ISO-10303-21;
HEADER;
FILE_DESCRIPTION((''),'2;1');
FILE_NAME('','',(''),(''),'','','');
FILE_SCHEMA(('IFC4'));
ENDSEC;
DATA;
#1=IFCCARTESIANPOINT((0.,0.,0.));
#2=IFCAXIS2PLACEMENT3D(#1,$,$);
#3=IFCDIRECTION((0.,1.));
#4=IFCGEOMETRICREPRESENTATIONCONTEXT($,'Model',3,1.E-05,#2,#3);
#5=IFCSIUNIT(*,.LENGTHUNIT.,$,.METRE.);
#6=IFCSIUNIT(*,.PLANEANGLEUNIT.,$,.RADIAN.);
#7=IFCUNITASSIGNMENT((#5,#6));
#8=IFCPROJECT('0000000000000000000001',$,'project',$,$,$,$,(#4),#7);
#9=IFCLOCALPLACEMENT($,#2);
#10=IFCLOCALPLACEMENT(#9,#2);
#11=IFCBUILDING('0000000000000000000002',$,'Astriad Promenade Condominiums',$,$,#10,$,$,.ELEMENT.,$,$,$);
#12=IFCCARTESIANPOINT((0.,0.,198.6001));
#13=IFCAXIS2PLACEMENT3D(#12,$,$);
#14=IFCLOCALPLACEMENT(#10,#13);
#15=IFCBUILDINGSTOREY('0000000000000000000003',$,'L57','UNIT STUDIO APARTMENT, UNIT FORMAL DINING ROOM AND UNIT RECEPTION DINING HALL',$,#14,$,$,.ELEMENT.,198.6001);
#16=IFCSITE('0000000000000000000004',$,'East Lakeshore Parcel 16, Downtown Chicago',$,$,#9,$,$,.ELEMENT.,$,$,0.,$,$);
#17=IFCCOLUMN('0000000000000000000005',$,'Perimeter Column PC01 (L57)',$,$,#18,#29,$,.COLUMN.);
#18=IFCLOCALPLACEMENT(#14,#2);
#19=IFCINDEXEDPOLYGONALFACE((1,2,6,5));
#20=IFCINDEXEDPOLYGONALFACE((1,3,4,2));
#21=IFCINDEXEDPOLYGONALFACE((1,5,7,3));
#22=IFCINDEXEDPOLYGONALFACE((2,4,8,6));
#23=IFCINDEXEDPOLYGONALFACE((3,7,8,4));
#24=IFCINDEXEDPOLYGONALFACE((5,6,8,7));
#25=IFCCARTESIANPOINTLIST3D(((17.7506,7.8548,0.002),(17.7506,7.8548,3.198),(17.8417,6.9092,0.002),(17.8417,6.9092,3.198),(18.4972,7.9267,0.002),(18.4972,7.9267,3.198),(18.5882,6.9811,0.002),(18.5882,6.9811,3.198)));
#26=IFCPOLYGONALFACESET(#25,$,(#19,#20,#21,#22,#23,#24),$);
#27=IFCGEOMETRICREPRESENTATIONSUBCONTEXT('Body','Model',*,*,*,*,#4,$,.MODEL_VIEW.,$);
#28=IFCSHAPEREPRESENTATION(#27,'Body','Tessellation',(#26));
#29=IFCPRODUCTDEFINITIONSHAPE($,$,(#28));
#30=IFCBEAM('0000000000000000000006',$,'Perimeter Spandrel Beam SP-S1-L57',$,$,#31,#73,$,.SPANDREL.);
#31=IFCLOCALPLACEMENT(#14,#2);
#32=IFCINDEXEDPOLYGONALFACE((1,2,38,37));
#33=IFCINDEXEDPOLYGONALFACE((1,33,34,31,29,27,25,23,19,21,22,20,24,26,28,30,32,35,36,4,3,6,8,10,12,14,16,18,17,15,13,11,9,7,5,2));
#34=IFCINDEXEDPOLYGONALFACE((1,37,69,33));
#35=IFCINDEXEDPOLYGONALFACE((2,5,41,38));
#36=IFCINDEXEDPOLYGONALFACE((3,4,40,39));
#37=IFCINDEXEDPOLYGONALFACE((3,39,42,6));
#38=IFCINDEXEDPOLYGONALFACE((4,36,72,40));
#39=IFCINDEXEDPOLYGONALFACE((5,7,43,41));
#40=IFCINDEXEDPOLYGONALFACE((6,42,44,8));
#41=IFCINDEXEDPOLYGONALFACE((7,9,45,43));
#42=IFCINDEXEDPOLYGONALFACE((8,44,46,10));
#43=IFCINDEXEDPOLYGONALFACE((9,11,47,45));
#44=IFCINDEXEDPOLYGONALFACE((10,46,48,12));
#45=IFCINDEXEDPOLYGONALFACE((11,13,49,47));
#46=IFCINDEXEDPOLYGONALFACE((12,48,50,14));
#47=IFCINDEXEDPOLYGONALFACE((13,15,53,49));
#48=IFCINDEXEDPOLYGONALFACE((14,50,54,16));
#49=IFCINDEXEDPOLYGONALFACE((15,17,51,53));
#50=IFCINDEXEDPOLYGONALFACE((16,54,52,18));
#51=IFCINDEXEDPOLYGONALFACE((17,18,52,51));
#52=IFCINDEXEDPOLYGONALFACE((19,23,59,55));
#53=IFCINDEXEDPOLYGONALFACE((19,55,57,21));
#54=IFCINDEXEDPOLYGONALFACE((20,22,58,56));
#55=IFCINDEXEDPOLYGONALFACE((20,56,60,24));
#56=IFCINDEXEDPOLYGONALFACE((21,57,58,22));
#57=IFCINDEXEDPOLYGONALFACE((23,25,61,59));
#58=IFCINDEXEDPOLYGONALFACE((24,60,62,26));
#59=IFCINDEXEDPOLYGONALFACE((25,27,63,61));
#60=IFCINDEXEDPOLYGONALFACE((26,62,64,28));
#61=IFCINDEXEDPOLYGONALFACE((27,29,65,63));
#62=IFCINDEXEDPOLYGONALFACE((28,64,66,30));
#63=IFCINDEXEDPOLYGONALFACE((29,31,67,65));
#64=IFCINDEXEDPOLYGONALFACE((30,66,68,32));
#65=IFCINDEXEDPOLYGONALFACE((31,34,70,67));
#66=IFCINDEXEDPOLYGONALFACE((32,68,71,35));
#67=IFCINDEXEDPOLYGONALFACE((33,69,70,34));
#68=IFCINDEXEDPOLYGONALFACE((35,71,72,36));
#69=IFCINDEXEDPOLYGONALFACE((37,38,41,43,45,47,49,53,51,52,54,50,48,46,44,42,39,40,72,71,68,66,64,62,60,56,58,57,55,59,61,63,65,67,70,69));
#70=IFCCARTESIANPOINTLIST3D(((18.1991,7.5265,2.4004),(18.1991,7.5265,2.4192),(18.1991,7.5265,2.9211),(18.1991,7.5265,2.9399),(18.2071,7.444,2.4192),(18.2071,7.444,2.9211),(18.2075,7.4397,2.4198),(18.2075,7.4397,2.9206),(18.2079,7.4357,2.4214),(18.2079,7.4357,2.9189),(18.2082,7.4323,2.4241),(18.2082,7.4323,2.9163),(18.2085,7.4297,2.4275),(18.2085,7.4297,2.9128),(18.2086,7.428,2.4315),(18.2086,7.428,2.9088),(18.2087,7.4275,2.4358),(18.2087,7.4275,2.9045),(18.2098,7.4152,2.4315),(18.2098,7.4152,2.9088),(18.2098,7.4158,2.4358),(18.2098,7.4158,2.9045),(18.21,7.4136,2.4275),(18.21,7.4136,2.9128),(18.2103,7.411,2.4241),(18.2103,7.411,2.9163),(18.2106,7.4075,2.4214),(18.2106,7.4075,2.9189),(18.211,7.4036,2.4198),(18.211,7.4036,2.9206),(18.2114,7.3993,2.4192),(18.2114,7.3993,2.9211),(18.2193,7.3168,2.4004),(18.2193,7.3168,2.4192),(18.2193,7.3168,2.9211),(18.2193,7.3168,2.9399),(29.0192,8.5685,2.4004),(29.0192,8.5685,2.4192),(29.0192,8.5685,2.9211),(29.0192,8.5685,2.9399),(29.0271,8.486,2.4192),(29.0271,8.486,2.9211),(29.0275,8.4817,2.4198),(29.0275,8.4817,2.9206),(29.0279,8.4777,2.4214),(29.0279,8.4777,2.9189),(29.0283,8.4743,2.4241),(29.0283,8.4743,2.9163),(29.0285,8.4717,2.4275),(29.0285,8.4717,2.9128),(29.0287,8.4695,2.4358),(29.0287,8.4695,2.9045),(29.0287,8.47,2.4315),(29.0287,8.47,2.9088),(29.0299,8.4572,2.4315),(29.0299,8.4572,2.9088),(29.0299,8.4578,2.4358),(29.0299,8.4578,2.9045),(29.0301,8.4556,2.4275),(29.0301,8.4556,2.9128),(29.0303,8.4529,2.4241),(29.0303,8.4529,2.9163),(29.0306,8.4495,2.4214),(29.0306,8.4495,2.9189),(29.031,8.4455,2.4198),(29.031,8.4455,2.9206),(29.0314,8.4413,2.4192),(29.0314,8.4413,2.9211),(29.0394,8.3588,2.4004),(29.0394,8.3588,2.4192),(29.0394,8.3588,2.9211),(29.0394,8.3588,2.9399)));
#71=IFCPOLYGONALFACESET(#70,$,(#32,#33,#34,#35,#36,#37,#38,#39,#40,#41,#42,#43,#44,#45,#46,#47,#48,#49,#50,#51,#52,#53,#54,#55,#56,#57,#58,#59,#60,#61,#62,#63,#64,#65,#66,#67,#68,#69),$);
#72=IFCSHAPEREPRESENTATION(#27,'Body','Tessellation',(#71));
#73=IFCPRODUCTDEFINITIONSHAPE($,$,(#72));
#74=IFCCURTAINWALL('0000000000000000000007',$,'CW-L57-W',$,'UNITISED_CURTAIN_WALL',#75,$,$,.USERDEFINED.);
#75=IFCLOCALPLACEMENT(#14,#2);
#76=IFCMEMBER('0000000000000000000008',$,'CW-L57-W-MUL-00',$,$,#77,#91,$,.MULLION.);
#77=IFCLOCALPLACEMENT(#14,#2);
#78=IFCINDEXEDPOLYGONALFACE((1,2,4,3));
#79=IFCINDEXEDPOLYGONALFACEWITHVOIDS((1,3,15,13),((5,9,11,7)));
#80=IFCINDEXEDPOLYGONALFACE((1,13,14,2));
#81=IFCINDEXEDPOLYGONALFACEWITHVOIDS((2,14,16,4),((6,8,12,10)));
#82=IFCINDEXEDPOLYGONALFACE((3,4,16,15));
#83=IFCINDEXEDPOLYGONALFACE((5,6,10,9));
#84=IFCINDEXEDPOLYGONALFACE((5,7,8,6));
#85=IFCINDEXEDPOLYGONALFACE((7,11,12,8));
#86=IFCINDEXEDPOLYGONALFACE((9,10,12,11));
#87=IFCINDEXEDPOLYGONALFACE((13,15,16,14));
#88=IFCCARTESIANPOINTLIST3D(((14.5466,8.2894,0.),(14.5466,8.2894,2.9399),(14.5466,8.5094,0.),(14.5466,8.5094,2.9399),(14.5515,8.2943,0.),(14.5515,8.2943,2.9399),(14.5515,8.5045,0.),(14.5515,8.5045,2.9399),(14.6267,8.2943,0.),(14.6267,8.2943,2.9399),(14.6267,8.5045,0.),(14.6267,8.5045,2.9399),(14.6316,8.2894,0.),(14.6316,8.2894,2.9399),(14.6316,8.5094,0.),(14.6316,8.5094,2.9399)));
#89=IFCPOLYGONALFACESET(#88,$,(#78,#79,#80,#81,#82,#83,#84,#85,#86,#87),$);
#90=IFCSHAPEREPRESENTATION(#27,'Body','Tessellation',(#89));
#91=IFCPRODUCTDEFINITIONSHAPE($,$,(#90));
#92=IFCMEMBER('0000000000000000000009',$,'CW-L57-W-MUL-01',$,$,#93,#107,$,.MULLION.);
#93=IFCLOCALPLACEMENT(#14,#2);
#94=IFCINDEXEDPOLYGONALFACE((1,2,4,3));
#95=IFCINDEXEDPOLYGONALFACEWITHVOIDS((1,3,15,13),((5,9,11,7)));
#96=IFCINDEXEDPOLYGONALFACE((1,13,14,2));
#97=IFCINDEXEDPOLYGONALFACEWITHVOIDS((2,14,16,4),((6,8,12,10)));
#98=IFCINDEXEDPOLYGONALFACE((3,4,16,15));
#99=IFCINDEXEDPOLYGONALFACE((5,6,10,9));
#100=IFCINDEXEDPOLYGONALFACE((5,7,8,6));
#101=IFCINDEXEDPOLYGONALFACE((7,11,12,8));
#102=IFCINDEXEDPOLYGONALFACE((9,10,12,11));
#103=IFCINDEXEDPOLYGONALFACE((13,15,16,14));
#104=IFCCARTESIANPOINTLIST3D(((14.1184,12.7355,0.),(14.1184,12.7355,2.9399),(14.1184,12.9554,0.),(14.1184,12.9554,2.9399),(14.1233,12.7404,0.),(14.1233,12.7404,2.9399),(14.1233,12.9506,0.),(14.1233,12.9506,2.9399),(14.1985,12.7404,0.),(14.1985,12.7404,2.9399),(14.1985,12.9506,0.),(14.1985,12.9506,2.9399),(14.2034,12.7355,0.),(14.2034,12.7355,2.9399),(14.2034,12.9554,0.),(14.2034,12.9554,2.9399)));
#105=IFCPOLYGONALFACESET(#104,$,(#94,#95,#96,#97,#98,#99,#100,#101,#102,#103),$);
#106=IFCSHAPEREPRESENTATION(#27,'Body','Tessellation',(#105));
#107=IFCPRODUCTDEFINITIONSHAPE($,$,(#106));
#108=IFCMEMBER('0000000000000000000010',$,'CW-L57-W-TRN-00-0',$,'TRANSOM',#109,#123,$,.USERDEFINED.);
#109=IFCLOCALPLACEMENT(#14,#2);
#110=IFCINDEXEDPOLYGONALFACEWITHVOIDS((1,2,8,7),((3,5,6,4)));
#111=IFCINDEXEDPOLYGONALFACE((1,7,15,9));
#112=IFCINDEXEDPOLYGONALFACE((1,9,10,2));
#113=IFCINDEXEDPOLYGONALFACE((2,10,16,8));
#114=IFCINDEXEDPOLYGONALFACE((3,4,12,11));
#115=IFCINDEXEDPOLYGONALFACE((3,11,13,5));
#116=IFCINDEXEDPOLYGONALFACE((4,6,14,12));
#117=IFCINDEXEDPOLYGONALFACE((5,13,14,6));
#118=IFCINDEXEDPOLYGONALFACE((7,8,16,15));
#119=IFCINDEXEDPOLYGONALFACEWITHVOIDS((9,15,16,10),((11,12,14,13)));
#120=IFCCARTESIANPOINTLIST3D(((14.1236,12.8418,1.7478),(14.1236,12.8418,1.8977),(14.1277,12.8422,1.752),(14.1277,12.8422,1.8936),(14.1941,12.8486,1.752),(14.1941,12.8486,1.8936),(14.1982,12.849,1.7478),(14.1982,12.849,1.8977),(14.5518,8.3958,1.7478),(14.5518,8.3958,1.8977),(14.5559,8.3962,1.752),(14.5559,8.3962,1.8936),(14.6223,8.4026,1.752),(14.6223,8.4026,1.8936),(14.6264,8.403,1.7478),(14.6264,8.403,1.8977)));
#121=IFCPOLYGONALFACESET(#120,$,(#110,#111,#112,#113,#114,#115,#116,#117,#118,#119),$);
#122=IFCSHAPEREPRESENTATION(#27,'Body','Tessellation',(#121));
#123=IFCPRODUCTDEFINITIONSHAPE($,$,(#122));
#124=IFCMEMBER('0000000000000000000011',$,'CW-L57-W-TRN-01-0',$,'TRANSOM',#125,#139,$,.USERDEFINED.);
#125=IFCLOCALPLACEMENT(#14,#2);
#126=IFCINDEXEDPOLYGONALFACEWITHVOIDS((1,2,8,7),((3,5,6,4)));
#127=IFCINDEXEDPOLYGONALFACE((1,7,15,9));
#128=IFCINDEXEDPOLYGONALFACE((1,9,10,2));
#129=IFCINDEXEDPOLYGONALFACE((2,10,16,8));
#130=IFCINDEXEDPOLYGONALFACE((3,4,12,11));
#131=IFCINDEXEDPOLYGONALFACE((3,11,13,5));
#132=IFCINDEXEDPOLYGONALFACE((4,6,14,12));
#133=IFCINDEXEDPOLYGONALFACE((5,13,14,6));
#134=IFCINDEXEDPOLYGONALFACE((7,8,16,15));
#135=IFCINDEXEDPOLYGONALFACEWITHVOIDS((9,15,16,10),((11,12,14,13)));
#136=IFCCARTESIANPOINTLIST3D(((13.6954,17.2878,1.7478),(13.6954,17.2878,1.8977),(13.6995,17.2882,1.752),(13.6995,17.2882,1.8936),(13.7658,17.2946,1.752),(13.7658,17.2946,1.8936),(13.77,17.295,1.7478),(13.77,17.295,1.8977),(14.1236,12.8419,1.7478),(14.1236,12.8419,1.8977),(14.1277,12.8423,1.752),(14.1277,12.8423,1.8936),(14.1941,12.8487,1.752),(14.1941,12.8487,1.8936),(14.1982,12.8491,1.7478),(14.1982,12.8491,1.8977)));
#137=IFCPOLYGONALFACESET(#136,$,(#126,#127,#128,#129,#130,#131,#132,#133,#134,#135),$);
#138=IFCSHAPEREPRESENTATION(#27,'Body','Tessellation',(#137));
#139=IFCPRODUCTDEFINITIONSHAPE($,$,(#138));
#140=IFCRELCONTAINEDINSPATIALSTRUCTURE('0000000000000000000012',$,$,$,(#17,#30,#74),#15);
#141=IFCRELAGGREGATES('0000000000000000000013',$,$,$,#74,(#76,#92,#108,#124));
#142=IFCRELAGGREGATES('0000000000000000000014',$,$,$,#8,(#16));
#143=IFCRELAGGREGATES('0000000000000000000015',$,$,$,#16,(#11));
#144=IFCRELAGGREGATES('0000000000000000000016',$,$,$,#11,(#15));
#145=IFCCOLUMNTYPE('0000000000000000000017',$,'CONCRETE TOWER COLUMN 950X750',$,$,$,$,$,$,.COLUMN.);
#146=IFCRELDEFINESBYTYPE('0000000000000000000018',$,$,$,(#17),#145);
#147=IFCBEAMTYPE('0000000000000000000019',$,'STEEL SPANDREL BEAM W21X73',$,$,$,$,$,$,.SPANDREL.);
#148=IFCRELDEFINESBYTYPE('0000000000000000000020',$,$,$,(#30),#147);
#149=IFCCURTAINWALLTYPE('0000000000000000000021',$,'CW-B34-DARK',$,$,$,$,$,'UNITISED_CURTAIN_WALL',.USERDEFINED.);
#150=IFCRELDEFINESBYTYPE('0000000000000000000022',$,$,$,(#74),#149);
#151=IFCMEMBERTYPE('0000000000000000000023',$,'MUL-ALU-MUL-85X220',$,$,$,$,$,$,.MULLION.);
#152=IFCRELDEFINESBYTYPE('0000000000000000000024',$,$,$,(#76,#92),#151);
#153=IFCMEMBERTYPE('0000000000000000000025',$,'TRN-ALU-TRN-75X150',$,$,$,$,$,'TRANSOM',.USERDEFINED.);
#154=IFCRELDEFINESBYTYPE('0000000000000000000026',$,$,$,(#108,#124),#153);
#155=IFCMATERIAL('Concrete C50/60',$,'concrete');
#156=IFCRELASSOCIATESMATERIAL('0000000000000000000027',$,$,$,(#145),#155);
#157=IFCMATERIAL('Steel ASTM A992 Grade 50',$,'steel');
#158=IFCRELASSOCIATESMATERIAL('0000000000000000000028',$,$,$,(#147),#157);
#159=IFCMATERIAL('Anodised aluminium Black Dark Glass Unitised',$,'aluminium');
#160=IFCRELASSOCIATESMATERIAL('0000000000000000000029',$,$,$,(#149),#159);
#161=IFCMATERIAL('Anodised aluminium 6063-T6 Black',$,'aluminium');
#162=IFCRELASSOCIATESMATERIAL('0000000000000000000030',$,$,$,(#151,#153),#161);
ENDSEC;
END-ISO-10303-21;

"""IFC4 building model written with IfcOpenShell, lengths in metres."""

from ifc_helpers import new_model, si_unit, direction, frame, origin, origin_2d, place, context, subcontext, project, spatial, rectangle, hollow_rectangle, i_section, extrude, source, transform, mapped, material, material_profile, profile_set, type_object, type_shapes, element, aggregate, save


model = new_model("IFC4")

# Units and contexts
model_context = context("Model", 3, precision=1e-05, world=origin(), true_north=direction((0.0, 1.0)))
body_context = subcontext(model_context, "Body", "Model", "MODEL_VIEW")
ifc_project = project(units=[si_unit("LENGTHUNIT", "METRE"), si_unit("PLANEANGLEUNIT", "RADIAN")], contexts=[model_context])

# Site, building, storey
site_placement = place(None, origin())
site = spatial("IfcSite", under=ifc_project, at=site_placement, Name="East Lakeshore Parcel 16, Downtown Chicago", CompositionType="ELEMENT", RefElevation=0.0)
building_placement = place(site_placement, origin())
building = spatial("IfcBuilding", under=site, at=building_placement, Name="Astriad Promenade Condominiums", CompositionType="ELEMENT")
storey_placement = place(building_placement, frame((0.0, 0.0, 198.6001)))
storey = spatial("IfcBuildingStorey", under=building, at=storey_placement, Name="L57", Description="UNIT STUDIO APARTMENT, UNIT FORMAL DINING ROOM AND UNIT RECEPTION DINING HALL", CompositionType="ELEMENT", Elevation=198.6001)

# Column
ifc_material_1 = material(Name="Concrete C50/60", Category="concrete")
ifc_material_profile_1 = material_profile(ifc_material_1, rectangle(XDim=0.75, YDim=0.95, at=origin_2d()), Name="RC-COL-950X750")
ifc_profile_set_1 = profile_set([ifc_material_profile_1], Name="Concrete C50/60")
column_type = type_object("IfcColumnType", Name="CONCRETE TOWER COLUMN 950X750", PredefinedType="COLUMN", material=ifc_profile_set_1)
shared_shape_1 = source(origin(), body_context, "Body", "SweptSolid", [
    extrude(rectangle(XDim=0.75, YDim=0.95, at=origin_2d()), origin(), (0.0, 0.0, 1.0), 3.196),
])
type_shapes(column_type, [shared_shape_1])
column_placement = place(storey_placement, frame((18.1694, 7.418, 0.002), z_axis=(0.0, 0.0, 1.0), x_axis=(0.995396, 0.095846, 0.0)))
element("IfcColumn", 1, at=column_placement, inside=storey, type_object=column_type, Name="Perimeter Column PC01 (L57)", PredefinedType="COLUMN", context=body_context, shape_type="MappedRepresentation", body=[
    mapped(shared_shape_1, transform((0.0, 0.0, 0.0), scale=1.0)),
])

# Beam
ifc_material_2 = material(Name="Steel ASTM A992 Grade 50", Category="steel")
ifc_material_profile_2 = material_profile(ifc_material_2, i_section(OverallWidth=0.2107, OverallDepth=0.5396, WebThickness=0.0117, FlangeThickness=0.0188, FilletRadius=0.0166, at=origin_2d()), Name="W21X73")
ifc_profile_set_2 = profile_set([ifc_material_profile_2], Name="Steel ASTM A992 Grade 50")
beam_type = type_object("IfcBeamType", Name="STEEL SPANDREL BEAM W21X73", PredefinedType="SPANDREL", material=ifc_profile_set_2)
shared_shape_2 = source(origin(), body_context, "Body", "SweptSolid", [
    extrude(i_section(OverallWidth=0.2107, OverallDepth=0.5396, WebThickness=0.0117, FlangeThickness=0.0188, FilletRadius=0.0166, at=origin_2d()), origin(), (0.0, 0.0, 1.0), 10.8701),
])
type_shapes(beam_type, [shared_shape_2])
beam_placement = place(storey_placement, frame((18.2092, 7.4216, 2.6702), z_axis=(0.995395, 0.095858, 0.0), x_axis=(-0.095858, 0.995395, 0.0)))
element("IfcBeam", 2, at=beam_placement, inside=storey, type_object=beam_type, Name="Perimeter Spandrel Beam SP-S1-L57", PredefinedType="SPANDREL", context=body_context, shape_type="MappedRepresentation", body=[
    mapped(shared_shape_2, transform((0.0, 0.0, 0.0), scale=1.0)),
])

# Curtain wall, members
ifc_material_3 = material(Name="Anodised aluminium Black Dark Glass Unitised", Category="aluminium")
curtain_wall_type = type_object("IfcCurtainWallType", Name="CW-B34-DARK", ElementType="UNITISED_CURTAIN_WALL", PredefinedType="USERDEFINED", material=ifc_material_3)
curtain_wall_placement = place(storey_placement, origin())
curtain_wall = element("IfcCurtainWall", 3, at=curtain_wall_placement, inside=storey, type_object=curtain_wall_type, Name="CW-L57-W", ObjectType="UNITISED_CURTAIN_WALL", PredefinedType="USERDEFINED")
ifc_material_4 = material(Name="Anodised aluminium 6063-T6 Black", Category="aluminium")
ifc_material_profile_3 = material_profile(ifc_material_4, hollow_rectangle(XDim=0.085, YDim=0.22, WallThickness=0.0049, at=origin_2d()), Name="ALU-MUL-85X220")
ifc_profile_set_3 = profile_set([ifc_material_profile_3], Name="Anodised aluminium 6063-T6 Black")
member_type_1 = type_object("IfcMemberType", Name="MUL-ALU-MUL-85X220", PredefinedType="MULLION", material=ifc_profile_set_3)
shared_shape_3 = source(origin(), body_context, "Body", "SweptSolid", [
    extrude(hollow_rectangle(XDim=0.085, YDim=0.22, WallThickness=0.0049, at=origin_2d()), origin(), (0.0, 0.0, 1.0), 2.9399),
])
type_shapes(member_type_1, [shared_shape_3])
member_1_placement = place(storey_placement, frame((14.5891, 8.3994, 0.0), z_axis=(0.0, 0.0, 1.0), x_axis=(1.0, 0.0, 0.0)))
member_1 = element("IfcMember", 4, at=member_1_placement, type_object=member_type_1, Name="CW-L57-W-MUL-00", PredefinedType="MULLION", context=body_context, shape_type="MappedRepresentation", body=[
    mapped(shared_shape_3, transform((0.0, 0.0, 0.0), scale=1.0)),
])
member_2_placement = place(storey_placement, frame((14.1609, 12.8455, 0.0), z_axis=(0.0, 0.0, 1.0), x_axis=(1.0, 0.0, 0.0)))
member_2 = element("IfcMember", 5, at=member_2_placement, type_object=member_type_1, Name="CW-L57-W-MUL-01", PredefinedType="MULLION", context=body_context, shape_type="MappedRepresentation", body=[
    mapped(shared_shape_3, transform((0.0, 0.0, 0.0), scale=1.0)),
])
ifc_material_profile_4 = material_profile(ifc_material_4, hollow_rectangle(XDim=0.075, YDim=0.1499, WallThickness=0.0042, at=origin_2d()), Name="ALU-TRN-75X150")
ifc_profile_set_4 = profile_set([ifc_material_profile_4], Name="Anodised aluminium 6063-T6 Black")
member_type_2 = type_object("IfcMemberType", Name="TRN-ALU-TRN-75X150", ElementType="TRANSOM", PredefinedType="USERDEFINED", material=ifc_profile_set_4)
shared_shape_4 = source(origin(), body_context, "Body", "SweptSolid", [
    extrude(hollow_rectangle(XDim=0.075, YDim=0.1499, WallThickness=0.0042, at=origin_2d()), origin(), (0.0, 0.0, 1.0), 4.4666),
])
type_shapes(member_type_2, [shared_shape_4])
member_3_placement = place(storey_placement, frame((14.5891, 8.3994, 1.8228), z_axis=(-0.095872, 0.995394, 0.0), x_axis=(-0.995394, -0.095872, 0.0)))
member_3 = element("IfcMember", 6, at=member_3_placement, type_object=member_type_2, Name="CW-L57-W-TRN-00-0", ObjectType="TRANSOM", PredefinedType="USERDEFINED", context=body_context, shape_type="MappedRepresentation", body=[
    mapped(shared_shape_4, transform((0.0, 0.0, 0.0), scale=1.0)),
])
member_4_placement = place(storey_placement, frame((14.1609, 12.8455, 1.8228), z_axis=(-0.095872, 0.995394, 0.0), x_axis=(-0.995394, -0.095872, 0.0)))
member_4 = element("IfcMember", 7, at=member_4_placement, type_object=member_type_2, Name="CW-L57-W-TRN-01-0", ObjectType="TRANSOM", PredefinedType="USERDEFINED", context=body_context, shape_type="MappedRepresentation", body=[
    mapped(shared_shape_4, transform((0.0, 0.0, 0.0), scale=1.0)),
])

aggregate(curtain_wall, [member_1, member_2, member_3, member_4])

save(model, "model.ifc")
